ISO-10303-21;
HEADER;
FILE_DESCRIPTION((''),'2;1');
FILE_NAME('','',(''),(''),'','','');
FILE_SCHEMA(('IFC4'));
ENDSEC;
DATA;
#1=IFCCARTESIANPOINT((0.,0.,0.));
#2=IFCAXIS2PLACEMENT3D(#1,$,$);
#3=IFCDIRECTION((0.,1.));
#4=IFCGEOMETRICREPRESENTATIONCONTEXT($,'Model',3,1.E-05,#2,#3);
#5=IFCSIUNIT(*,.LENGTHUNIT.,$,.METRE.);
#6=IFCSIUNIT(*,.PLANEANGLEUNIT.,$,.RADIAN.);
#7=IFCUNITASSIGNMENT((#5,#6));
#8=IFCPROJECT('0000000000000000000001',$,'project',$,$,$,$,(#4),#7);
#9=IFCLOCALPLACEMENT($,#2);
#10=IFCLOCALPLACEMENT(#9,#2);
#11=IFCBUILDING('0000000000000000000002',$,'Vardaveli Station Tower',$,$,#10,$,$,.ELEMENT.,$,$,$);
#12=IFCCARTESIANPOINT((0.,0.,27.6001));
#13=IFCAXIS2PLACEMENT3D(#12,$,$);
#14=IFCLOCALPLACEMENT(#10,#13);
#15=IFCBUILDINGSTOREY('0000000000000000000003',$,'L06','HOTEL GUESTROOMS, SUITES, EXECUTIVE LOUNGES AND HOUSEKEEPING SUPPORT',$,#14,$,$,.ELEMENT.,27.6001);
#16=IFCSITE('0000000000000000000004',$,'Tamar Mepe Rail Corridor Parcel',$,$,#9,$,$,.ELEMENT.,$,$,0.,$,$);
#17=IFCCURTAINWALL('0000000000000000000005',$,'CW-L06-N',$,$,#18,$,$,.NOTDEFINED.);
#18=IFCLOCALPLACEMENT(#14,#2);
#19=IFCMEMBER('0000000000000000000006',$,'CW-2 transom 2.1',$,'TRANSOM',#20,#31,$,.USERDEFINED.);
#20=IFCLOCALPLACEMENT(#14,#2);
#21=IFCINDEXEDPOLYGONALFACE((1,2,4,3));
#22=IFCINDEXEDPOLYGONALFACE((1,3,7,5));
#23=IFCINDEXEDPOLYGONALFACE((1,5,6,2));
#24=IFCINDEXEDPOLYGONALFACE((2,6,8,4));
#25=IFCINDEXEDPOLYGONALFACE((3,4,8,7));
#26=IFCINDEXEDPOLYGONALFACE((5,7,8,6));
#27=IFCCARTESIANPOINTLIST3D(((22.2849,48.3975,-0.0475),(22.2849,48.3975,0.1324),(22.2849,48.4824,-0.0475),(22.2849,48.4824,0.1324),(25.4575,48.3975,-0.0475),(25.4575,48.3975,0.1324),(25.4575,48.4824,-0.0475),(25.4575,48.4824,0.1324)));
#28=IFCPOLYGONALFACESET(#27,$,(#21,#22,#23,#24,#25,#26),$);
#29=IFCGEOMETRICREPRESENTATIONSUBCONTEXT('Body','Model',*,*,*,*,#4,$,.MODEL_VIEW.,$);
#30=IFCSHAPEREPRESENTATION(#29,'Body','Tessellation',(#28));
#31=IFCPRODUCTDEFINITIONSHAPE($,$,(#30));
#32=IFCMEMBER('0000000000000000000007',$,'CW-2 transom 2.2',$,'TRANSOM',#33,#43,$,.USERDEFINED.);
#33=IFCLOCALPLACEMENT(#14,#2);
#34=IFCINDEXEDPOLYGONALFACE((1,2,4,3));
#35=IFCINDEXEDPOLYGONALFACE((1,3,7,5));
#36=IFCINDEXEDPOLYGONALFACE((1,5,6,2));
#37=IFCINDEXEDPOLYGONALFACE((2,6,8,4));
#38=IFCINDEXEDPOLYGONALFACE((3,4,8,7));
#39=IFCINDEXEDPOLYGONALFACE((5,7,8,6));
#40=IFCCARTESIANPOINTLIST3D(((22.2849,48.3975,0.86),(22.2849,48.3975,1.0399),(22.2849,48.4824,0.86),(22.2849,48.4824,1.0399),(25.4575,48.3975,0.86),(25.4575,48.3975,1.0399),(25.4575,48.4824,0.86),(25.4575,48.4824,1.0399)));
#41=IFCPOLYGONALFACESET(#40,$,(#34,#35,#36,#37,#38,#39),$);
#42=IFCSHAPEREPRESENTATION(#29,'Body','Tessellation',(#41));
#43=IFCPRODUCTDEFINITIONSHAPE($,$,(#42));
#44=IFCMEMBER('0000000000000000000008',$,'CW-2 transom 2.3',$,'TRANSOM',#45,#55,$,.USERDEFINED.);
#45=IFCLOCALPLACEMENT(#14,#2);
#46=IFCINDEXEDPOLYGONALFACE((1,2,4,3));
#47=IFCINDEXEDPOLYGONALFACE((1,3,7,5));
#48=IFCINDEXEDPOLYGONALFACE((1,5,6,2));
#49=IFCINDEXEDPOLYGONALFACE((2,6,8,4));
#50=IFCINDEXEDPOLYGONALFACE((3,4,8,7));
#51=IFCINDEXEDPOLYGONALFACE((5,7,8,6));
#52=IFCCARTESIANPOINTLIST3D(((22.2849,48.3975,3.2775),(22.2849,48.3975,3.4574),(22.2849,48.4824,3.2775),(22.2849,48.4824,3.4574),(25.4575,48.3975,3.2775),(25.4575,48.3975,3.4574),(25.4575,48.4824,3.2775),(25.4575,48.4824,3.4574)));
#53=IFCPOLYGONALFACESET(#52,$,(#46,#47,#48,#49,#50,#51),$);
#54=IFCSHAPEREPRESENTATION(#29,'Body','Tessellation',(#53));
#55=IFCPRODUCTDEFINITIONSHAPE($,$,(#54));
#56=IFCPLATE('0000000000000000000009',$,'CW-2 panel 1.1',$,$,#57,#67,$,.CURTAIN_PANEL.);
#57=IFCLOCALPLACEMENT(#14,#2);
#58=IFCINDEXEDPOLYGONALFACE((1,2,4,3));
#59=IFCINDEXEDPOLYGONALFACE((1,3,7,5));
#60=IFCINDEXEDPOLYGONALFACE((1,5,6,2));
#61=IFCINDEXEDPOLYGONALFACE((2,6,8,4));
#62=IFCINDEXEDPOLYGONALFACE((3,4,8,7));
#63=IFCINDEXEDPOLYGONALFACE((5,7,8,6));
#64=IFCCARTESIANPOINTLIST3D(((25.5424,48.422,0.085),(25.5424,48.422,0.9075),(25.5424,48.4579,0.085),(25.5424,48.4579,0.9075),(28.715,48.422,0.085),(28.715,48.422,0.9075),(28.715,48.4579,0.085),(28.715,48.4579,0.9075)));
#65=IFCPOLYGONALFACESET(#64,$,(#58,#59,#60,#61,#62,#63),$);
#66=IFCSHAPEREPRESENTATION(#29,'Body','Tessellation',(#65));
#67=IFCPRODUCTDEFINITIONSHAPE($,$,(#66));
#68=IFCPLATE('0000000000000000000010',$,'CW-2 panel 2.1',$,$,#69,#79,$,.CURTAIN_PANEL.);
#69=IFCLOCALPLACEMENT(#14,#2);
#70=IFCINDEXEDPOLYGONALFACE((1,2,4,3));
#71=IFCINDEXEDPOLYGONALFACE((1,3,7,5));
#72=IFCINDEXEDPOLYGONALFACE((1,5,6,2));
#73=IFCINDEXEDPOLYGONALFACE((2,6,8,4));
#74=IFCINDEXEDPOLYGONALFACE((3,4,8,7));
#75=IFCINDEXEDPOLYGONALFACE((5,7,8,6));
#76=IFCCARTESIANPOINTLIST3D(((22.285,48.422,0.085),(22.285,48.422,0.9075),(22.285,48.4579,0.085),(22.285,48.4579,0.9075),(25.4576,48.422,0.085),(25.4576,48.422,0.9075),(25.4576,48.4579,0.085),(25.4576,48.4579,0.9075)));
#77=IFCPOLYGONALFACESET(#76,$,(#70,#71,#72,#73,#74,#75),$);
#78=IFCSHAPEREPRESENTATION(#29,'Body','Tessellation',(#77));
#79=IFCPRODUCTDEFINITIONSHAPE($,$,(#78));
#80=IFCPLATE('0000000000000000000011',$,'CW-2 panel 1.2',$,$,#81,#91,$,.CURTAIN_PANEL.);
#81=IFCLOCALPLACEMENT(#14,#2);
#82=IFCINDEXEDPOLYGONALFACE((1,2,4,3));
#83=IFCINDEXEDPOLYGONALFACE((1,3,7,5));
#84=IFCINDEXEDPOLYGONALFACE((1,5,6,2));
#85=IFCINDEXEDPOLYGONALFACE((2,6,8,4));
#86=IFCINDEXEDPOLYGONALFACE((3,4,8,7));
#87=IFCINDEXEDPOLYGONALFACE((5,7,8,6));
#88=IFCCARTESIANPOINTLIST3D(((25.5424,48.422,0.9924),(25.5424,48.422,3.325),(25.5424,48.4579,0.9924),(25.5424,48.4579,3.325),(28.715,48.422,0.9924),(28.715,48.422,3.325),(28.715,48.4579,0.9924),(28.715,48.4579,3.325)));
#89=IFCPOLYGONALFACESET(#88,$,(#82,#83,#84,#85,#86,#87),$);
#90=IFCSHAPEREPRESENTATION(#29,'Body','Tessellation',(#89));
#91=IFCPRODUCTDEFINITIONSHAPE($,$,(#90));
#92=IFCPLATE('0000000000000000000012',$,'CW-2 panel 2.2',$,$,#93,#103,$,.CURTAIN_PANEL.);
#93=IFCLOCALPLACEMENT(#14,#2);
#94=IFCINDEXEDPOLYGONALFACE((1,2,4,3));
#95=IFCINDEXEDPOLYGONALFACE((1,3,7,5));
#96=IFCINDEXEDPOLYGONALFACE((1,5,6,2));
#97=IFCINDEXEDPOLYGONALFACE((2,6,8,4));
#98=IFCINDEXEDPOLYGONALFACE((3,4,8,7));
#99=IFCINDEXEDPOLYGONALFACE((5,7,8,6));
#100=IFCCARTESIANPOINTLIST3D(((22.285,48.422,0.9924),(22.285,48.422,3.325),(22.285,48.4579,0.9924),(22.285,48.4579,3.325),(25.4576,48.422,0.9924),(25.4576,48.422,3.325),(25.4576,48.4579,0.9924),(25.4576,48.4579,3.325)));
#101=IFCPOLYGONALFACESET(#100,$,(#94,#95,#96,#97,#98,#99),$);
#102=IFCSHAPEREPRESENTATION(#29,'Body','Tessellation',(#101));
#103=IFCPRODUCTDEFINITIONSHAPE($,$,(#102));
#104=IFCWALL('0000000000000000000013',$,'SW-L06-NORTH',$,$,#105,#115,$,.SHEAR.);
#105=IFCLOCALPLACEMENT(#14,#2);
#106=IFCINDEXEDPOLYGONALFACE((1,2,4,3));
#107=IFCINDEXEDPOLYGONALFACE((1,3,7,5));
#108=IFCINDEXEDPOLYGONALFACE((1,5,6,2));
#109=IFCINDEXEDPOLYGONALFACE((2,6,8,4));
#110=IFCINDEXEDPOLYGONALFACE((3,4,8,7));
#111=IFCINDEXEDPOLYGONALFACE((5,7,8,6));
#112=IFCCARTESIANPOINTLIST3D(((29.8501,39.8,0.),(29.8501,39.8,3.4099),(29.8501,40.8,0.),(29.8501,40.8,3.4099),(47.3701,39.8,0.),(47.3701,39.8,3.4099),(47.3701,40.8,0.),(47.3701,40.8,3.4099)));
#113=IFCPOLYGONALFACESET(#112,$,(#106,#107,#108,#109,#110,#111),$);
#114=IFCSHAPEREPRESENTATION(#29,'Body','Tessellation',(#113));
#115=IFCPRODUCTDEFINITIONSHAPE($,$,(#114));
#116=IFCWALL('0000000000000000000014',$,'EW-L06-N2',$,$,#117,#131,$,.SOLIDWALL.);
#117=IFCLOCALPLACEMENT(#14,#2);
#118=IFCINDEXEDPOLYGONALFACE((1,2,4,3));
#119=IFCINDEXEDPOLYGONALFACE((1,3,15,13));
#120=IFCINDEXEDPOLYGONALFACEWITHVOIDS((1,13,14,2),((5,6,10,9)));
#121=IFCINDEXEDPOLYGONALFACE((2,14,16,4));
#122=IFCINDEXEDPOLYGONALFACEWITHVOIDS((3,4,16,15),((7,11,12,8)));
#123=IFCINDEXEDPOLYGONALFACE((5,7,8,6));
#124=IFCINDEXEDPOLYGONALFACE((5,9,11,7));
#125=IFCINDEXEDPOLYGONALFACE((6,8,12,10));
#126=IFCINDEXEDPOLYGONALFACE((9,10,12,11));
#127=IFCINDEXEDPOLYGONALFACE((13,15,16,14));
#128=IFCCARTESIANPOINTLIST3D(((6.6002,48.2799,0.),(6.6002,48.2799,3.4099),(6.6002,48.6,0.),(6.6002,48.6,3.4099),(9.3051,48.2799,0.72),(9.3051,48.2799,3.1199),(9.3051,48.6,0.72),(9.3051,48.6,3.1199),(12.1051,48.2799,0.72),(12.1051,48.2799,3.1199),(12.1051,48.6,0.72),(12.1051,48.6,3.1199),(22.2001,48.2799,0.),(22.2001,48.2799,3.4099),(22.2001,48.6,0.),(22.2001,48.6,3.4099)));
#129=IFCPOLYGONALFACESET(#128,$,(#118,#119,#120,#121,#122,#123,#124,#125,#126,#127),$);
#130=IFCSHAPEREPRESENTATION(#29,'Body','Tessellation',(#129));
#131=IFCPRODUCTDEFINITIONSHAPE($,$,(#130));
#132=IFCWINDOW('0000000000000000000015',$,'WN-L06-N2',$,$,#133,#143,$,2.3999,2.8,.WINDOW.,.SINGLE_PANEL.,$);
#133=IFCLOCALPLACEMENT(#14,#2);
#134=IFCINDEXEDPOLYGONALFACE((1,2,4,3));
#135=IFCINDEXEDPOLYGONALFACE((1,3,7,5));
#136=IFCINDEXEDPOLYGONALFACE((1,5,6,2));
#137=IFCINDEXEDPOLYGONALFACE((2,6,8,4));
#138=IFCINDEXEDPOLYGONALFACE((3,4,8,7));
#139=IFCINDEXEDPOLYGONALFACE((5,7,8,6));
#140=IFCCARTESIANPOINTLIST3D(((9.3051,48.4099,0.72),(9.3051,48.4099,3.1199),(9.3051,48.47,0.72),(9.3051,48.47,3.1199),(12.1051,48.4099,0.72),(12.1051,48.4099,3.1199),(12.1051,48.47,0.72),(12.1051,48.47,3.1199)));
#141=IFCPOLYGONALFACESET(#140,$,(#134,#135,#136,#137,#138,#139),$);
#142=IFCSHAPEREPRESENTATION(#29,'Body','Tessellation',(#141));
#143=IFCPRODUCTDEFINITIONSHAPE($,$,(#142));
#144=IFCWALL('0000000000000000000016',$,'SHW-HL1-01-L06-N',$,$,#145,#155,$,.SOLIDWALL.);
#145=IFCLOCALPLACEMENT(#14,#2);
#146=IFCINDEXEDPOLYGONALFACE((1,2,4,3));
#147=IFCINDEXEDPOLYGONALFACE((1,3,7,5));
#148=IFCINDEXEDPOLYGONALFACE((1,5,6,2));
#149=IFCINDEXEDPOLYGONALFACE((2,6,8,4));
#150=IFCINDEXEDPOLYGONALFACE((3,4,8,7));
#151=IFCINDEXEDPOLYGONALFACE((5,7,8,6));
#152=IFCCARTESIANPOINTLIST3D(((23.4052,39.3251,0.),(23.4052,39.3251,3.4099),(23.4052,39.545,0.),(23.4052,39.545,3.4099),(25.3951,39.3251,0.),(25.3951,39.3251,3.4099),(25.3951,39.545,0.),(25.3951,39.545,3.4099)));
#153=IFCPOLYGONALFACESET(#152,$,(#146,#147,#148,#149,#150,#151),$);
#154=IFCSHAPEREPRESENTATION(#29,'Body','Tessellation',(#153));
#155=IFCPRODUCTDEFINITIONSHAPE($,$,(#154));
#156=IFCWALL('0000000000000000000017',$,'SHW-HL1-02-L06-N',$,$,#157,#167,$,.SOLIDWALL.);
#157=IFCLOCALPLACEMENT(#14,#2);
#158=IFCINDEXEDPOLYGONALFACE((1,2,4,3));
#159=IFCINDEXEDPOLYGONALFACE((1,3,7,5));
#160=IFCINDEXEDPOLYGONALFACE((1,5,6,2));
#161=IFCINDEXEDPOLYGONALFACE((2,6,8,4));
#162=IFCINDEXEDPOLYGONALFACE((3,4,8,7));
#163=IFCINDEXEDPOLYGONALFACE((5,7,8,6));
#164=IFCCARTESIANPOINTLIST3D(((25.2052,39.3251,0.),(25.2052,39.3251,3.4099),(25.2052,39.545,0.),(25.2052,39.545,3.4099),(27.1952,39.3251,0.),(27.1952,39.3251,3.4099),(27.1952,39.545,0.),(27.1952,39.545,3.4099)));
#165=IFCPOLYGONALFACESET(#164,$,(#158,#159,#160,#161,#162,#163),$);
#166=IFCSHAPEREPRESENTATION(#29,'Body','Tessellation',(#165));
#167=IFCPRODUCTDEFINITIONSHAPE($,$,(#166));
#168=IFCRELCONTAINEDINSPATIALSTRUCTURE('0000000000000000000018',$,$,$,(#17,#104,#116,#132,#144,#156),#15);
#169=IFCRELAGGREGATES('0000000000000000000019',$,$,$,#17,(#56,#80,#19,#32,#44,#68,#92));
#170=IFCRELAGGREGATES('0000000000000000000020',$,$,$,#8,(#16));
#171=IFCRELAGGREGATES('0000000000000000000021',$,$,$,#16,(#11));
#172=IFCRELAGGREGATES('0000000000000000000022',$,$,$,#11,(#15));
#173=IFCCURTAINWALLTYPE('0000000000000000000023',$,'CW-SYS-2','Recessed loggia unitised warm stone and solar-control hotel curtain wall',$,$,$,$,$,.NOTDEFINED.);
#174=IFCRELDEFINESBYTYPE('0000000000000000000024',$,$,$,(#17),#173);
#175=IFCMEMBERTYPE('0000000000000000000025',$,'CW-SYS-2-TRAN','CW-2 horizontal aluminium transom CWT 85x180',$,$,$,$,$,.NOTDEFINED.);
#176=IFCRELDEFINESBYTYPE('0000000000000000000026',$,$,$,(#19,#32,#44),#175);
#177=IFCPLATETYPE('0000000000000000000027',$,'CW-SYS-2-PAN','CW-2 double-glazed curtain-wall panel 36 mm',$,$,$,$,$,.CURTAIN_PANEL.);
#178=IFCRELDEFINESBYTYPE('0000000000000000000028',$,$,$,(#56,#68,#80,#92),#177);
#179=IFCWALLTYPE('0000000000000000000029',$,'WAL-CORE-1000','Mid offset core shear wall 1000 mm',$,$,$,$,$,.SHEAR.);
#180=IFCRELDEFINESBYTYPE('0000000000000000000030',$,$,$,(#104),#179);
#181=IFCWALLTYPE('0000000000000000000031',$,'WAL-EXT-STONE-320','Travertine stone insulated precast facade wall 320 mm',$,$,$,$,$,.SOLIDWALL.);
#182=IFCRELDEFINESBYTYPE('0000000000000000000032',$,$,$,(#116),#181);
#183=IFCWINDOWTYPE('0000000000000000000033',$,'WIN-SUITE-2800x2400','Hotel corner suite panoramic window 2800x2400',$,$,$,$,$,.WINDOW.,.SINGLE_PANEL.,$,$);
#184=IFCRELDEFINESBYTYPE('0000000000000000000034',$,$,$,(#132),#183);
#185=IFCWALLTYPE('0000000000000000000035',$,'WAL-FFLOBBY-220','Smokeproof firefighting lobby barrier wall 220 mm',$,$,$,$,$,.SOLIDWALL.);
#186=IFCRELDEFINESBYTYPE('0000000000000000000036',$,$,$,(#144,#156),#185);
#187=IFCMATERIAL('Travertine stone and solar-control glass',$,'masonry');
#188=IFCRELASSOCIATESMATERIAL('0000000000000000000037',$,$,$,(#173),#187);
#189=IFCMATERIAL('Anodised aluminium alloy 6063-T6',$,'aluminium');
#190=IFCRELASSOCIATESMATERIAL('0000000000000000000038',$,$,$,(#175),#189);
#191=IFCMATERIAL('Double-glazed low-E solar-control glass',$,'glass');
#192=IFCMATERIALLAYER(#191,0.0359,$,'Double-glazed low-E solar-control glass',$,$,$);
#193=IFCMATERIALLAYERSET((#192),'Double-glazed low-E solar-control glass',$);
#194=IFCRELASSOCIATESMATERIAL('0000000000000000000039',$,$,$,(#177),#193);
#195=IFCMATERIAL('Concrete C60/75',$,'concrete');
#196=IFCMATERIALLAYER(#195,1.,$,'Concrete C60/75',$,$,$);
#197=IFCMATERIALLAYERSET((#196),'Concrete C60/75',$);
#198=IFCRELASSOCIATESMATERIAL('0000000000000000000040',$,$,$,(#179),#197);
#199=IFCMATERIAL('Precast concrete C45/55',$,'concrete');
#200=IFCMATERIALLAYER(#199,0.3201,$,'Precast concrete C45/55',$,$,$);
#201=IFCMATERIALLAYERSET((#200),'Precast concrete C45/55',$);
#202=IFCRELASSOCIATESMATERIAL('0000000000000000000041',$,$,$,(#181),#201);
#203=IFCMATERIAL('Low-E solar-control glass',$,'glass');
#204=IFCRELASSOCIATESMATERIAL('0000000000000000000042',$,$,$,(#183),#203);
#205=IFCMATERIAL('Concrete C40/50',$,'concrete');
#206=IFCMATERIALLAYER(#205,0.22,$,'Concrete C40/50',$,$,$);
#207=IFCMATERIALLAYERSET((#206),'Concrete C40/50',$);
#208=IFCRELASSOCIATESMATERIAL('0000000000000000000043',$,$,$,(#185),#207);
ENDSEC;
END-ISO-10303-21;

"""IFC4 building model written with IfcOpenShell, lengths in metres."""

from ifc_helpers import new_model, si_unit, direction, frame, frame_2d, origin, origin_2d, place, context, subcontext, project, spatial, rectangle, extrude, source, transform, mapped, material, layer, layer_set, material_profile, profile_set, type_object, element, fill, aggregate, save


model = new_model("IFC4")

# Units and contexts
model_context = context("Model", 3, precision=1e-05, world=origin(), true_north=direction((0.0, 1.0)))
body_context = subcontext(model_context, "Body", "Model", "MODEL_VIEW")
ifc_project = project(units=[si_unit("LENGTHUNIT", "METRE"), si_unit("PLANEANGLEUNIT", "RADIAN")], contexts=[model_context])

# Site, building, storey
site_placement = place(None, origin())
site = spatial("IfcSite", under=ifc_project, at=site_placement, Name="Tamar Mepe Rail Corridor Parcel", CompositionType="ELEMENT", RefElevation=0.0)
building_placement = place(site_placement, origin())
building = spatial("IfcBuilding", under=site, at=building_placement, Name="Vardaveli Station Tower", CompositionType="ELEMENT")
storey_placement = place(building_placement, frame((0.0, 0.0, 27.6001)))
storey = spatial("IfcBuildingStorey", under=building, at=storey_placement, Name="L06", Description="HOTEL GUESTROOMS, SUITES, EXECUTIVE LOUNGES AND HOUSEKEEPING SUPPORT", CompositionType="ELEMENT", Elevation=27.6001)

# Shared definitions
ifc_material_1 = material(Name="Precast concrete C45/55", Category="concrete")

# Curtain wall, members, plates
ifc_material_2 = material(Name="Travertine stone and solar-control glass", Category="masonry")
curtain_wall_type = type_object("IfcCurtainWallType", Name="CW-SYS-2", Description="Recessed loggia unitised warm stone and solar-control hotel curtain wall", PredefinedType="NOTDEFINED", material=ifc_material_2)
curtain_wall_placement = place(storey_placement, origin())
curtain_wall = element("IfcCurtainWall", 1, at=curtain_wall_placement, inside=storey, type_object=curtain_wall_type, Name="CW-L06-N", PredefinedType="NOTDEFINED")
ifc_material_3 = material(Name="Anodised aluminium alloy 6063-T6", Category="aluminium")
ifc_material_profile_1 = material_profile(ifc_material_3, rectangle(XDim=0.085, YDim=0.1799, at=origin_2d()), Name="CWT 85x180")
ifc_profile_set_1 = profile_set([ifc_material_profile_1], Name="Anodised aluminium alloy 6063-T6")
member_type_1 = type_object("IfcMemberType", Name="CW-SYS-2-TRAN", Description="CW-2 horizontal aluminium transom CWT 85x180", PredefinedType="NOTDEFINED", material=ifc_profile_set_1)
shared_shape_1 = source(origin(), body_context, "Body", "SweptSolid", [
    extrude(rectangle(XDim=0.085, YDim=0.1799, at=origin_2d()), origin(), (0.0, 0.0, 1.0), 3.1726),
])
member_1_placement = place(storey_placement, frame((25.4575, 48.4399, 0.0425), z_axis=(-1.0, 0.0, 0.0), x_axis=(0.0, -1.0, 0.0)))
member_1 = element("IfcMember", 2, at=member_1_placement, type_object=member_type_1, Name="CW-2 transom 2.1", ObjectType="TRANSOM", PredefinedType="USERDEFINED", context=body_context, shape_type="MappedRepresentation", body=[
    mapped(shared_shape_1, transform((0.0, 0.0, 0.0), scale=1.0)),
])
member_2_placement = place(storey_placement, frame((25.4575, 48.4399, 0.95), z_axis=(-1.0, 0.0, 0.0), x_axis=(0.0, -1.0, 0.0)))
member_2 = element("IfcMember", 3, at=member_2_placement, type_object=member_type_1, Name="CW-2 transom 2.2", ObjectType="TRANSOM", PredefinedType="USERDEFINED", context=body_context, shape_type="MappedRepresentation", body=[
    mapped(shared_shape_1, transform((0.0, 0.0, 0.0), scale=1.0)),
])
member_3_placement = place(storey_placement, frame((25.4575, 48.4399, 3.3674), z_axis=(-1.0, 0.0, 0.0), x_axis=(0.0, -1.0, 0.0)))
member_3 = element("IfcMember", 4, at=member_3_placement, type_object=member_type_1, Name="CW-2 transom 2.3", ObjectType="TRANSOM", PredefinedType="USERDEFINED", context=body_context, shape_type="MappedRepresentation", body=[
    mapped(shared_shape_1, transform((0.0, 0.0, 0.0), scale=1.0)),
])
ifc_material_4 = material(Name="Double-glazed low-E solar-control glass", Category="glass")
ifc_layer_1 = layer(ifc_material_4, 0.0359, Name="Double-glazed low-E solar-control glass")
ifc_layer_set_1 = layer_set([ifc_layer_1], Name="Double-glazed low-E solar-control glass")
plate_type = type_object("IfcPlateType", Name="CW-SYS-2-PAN", Description="CW-2 double-glazed curtain-wall panel 36 mm", PredefinedType="CURTAIN_PANEL", material=ifc_layer_set_1)
shared_shape_2 = source(origin(), body_context, "Body", "SweptSolid", [
    extrude(rectangle(XDim=3.1726, YDim=0.0359, at=origin_2d()), origin(), (0.0, 0.0, 1.0), 0.8225),
])
plate_1_placement = place(storey_placement, frame((27.1287, 48.4399, 0.085), z_axis=(0.0, 0.0, 1.0), x_axis=(-1.0, 0.0, 0.0)))
plate_1 = element("IfcPlate", 5, at=plate_1_placement, type_object=plate_type, Name="CW-2 panel 1.1", PredefinedType="CURTAIN_PANEL", context=body_context, shape_type="MappedRepresentation", body=[
    mapped(shared_shape_2, transform((0.0, 0.0, 0.0), scale=1.0)),
])
plate_2_placement = place(storey_placement, frame((23.8713, 48.4399, 0.085), z_axis=(0.0, 0.0, 1.0), x_axis=(-1.0, 0.0, 0.0)))
plate_2 = element("IfcPlate", 6, at=plate_2_placement, type_object=plate_type, Name="CW-2 panel 2.1", PredefinedType="CURTAIN_PANEL", context=body_context, shape_type="MappedRepresentation", body=[
    mapped(shared_shape_2, transform((0.0, 0.0, 0.0), scale=1.0)),
])
shared_shape_3 = source(origin(), body_context, "Body", "SweptSolid", [
    extrude(rectangle(XDim=3.1726, YDim=0.0359, at=origin_2d()), origin(), (0.0, 0.0, 1.0), 2.3325),
])
plate_3_placement = place(storey_placement, frame((27.1287, 48.4399, 0.9924), z_axis=(0.0, 0.0, 1.0), x_axis=(-1.0, 0.0, 0.0)))
plate_3 = element("IfcPlate", 7, at=plate_3_placement, type_object=plate_type, Name="CW-2 panel 1.2", PredefinedType="CURTAIN_PANEL", context=body_context, shape_type="MappedRepresentation", body=[
    mapped(shared_shape_3, transform((0.0, 0.0, 0.0), scale=1.0)),
])
plate_4_placement = place(storey_placement, frame((23.8713, 48.4399, 0.9924), z_axis=(0.0, 0.0, 1.0), x_axis=(-1.0, 0.0, 0.0)))
plate_4 = element("IfcPlate", 8, at=plate_4_placement, type_object=plate_type, Name="CW-2 panel 2.2", PredefinedType="CURTAIN_PANEL", context=body_context, shape_type="MappedRepresentation", body=[
    mapped(shared_shape_3, transform((0.0, 0.0, 0.0), scale=1.0)),
])
aggregate(curtain_wall, [plate_1, plate_3, member_1, member_2, member_3, plate_2, plate_4])

# Wall
ifc_material_5 = material(Name="Concrete C60/75", Category="concrete")
ifc_layer_2 = layer(ifc_material_5, 1.0, Name="Concrete C60/75")
ifc_layer_set_2 = layer_set([ifc_layer_2], Name="Concrete C60/75")
wall_type_1 = type_object("IfcWallType", Name="WAL-CORE-1000", Description="Mid offset core shear wall 1000 mm", PredefinedType="SHEAR", material=ifc_layer_set_2)
shared_shape_4 = source(origin(), body_context, "Body", "SweptSolid", [
    extrude(rectangle(XDim=17.52, YDim=1.0, at=frame_2d((8.76, 0.0))), origin(), (0.0, 0.0, 1.0), 3.4099),
])
wall_1_placement = place(storey_placement, frame((29.8501, 40.3, 0.0), z_axis=(0.0, 0.0, 1.0), x_axis=(1.0, 0.0, 0.0)))
element("IfcWall", 9, at=wall_1_placement, inside=storey, type_object=wall_type_1, Name="SW-L06-NORTH", PredefinedType="SHEAR", context=body_context, shape_type="MappedRepresentation", body=[
    mapped(shared_shape_4, transform((0.0, 0.0, 0.0), scale=1.0)),
])

# Wall, opening, window
ifc_layer_3 = layer(ifc_material_1, 0.3201, Name="Precast concrete C45/55")
ifc_layer_set_3 = layer_set([ifc_layer_3], Name="Precast concrete C45/55")
wall_type_2 = type_object("IfcWallType", Name="WAL-EXT-STONE-320", Description="Travertine stone insulated precast facade wall 320 mm", PredefinedType="SOLIDWALL", material=ifc_layer_set_3)
shared_shape_5 = source(origin(), body_context, "Body", "SweptSolid", [
    extrude(rectangle(XDim=15.5999, YDim=0.3201, at=frame_2d((7.7998, 0.0))), origin(), (0.0, 0.0, 1.0), 3.4099),
])
wall_2_placement = place(storey_placement, frame((22.2, 48.4399, 0.0), z_axis=(0.0, 0.0, 1.0), x_axis=(-1.0, 0.0, 0.0)))
wall_2 = element("IfcWall", 10, at=wall_2_placement, inside=storey, type_object=wall_type_2, Name="EW-L06-N2", PredefinedType="SOLIDWALL", context=body_context, shape_type="MappedRepresentation", body=[
    mapped(shared_shape_5, transform((0.0, 0.0, 0.0), scale=1.0)),
])
shared_shape_6 = source(origin(), body_context, "Body", "SweptSolid", [
    extrude(rectangle(XDim=2.8, YDim=2.3999, at=frame_2d((1.3999, 1.2))), frame((0.0, 0.1699, 0.0), z_axis=(0.0, -1.0, 0.0), x_axis=(1.0, 0.0, 0.0)), (0.0, 0.0, 1.0), 0.3401),
])
opening_1_placement = place(wall_2_placement, frame((10.095, 0.0, 0.72)))
opening_1 = element("IfcOpeningElement", 11, at=opening_1_placement, cuts=wall_2, PredefinedType="OPENING", context=body_context, shape_type="MappedRepresentation", body=[
    mapped(shared_shape_6, transform((0.0, 0.0, 0.0), scale=1.0)),
])
ifc_material_6 = material(Name="Low-E solar-control glass", Category="glass")
window_type = type_object("IfcWindowType", Name="WIN-SUITE-2800x2400", Description="Hotel corner suite panoramic window 2800x2400", PartitioningType="SINGLE_PANEL", PredefinedType="WINDOW", material=ifc_material_6)
shared_shape_7 = source(origin(), body_context, "Body", "SweptSolid", [
    extrude(rectangle(XDim=2.8, YDim=2.3999, at=frame_2d((1.3999, 1.2))), frame((0.0, 0.03, 0.0), z_axis=(0.0, -1.0, 0.0), x_axis=(1.0, 0.0, 0.0)), (0.0, 0.0, 1.0), 0.0601),
])
window_placement = place(opening_1_placement, origin())
window = element("IfcWindow", 12, at=window_placement, inside=storey, type_object=window_type, Name="WN-L06-N2", OverallHeight=2.3999, OverallWidth=2.8, PartitioningType="SINGLE_PANEL", PredefinedType="WINDOW", context=body_context, shape_type="MappedRepresentation", body=[
    mapped(shared_shape_7, transform((0.0, 0.0, 0.0), scale=1.0)),
])
fill(opening_1, window)

# Walls
ifc_material_7 = material(Name="Concrete C40/50", Category="concrete")
ifc_layer_4 = layer(ifc_material_7, 0.22, Name="Concrete C40/50")
ifc_layer_set_4 = layer_set([ifc_layer_4], Name="Concrete C40/50")
wall_type_3 = type_object("IfcWallType", Name="WAL-FFLOBBY-220", Description="Smokeproof firefighting lobby barrier wall 220 mm", PredefinedType="SOLIDWALL", material=ifc_layer_set_4)
shared_shape_8 = source(origin(), body_context, "Body", "SweptSolid", [
    extrude(rectangle(XDim=1.99, YDim=0.22, at=frame_2d((0.9951, 0.0))), origin(), (0.0, 0.0, 1.0), 3.4099),
])
for number, where, z_axis, x_axis, name in (
    (13, (23.405, 39.4351, 0.0), (0.0, 0.0, 1.0), (1.0, 0.0, 0.0), "SHW-HL1-01-L06-N"),
    (14, (25.2051, 39.4351, 0.0), (0.0, 0.0, 1.0), (1.0, 0.0, 0.0), "SHW-HL1-02-L06-N"),
):
    element("IfcWall", number, at=place(storey_placement, frame(where, z_axis=z_axis, x_axis=x_axis)), inside=storey, type_object=wall_type_3, Name=name, PredefinedType="SOLIDWALL", context=body_context, shape_type="MappedRepresentation", body=[
        mapped(shared_shape_8, transform((0.0, 0.0, 0.0), scale=1.0)),
    ])

save(model, "model.ifc")
